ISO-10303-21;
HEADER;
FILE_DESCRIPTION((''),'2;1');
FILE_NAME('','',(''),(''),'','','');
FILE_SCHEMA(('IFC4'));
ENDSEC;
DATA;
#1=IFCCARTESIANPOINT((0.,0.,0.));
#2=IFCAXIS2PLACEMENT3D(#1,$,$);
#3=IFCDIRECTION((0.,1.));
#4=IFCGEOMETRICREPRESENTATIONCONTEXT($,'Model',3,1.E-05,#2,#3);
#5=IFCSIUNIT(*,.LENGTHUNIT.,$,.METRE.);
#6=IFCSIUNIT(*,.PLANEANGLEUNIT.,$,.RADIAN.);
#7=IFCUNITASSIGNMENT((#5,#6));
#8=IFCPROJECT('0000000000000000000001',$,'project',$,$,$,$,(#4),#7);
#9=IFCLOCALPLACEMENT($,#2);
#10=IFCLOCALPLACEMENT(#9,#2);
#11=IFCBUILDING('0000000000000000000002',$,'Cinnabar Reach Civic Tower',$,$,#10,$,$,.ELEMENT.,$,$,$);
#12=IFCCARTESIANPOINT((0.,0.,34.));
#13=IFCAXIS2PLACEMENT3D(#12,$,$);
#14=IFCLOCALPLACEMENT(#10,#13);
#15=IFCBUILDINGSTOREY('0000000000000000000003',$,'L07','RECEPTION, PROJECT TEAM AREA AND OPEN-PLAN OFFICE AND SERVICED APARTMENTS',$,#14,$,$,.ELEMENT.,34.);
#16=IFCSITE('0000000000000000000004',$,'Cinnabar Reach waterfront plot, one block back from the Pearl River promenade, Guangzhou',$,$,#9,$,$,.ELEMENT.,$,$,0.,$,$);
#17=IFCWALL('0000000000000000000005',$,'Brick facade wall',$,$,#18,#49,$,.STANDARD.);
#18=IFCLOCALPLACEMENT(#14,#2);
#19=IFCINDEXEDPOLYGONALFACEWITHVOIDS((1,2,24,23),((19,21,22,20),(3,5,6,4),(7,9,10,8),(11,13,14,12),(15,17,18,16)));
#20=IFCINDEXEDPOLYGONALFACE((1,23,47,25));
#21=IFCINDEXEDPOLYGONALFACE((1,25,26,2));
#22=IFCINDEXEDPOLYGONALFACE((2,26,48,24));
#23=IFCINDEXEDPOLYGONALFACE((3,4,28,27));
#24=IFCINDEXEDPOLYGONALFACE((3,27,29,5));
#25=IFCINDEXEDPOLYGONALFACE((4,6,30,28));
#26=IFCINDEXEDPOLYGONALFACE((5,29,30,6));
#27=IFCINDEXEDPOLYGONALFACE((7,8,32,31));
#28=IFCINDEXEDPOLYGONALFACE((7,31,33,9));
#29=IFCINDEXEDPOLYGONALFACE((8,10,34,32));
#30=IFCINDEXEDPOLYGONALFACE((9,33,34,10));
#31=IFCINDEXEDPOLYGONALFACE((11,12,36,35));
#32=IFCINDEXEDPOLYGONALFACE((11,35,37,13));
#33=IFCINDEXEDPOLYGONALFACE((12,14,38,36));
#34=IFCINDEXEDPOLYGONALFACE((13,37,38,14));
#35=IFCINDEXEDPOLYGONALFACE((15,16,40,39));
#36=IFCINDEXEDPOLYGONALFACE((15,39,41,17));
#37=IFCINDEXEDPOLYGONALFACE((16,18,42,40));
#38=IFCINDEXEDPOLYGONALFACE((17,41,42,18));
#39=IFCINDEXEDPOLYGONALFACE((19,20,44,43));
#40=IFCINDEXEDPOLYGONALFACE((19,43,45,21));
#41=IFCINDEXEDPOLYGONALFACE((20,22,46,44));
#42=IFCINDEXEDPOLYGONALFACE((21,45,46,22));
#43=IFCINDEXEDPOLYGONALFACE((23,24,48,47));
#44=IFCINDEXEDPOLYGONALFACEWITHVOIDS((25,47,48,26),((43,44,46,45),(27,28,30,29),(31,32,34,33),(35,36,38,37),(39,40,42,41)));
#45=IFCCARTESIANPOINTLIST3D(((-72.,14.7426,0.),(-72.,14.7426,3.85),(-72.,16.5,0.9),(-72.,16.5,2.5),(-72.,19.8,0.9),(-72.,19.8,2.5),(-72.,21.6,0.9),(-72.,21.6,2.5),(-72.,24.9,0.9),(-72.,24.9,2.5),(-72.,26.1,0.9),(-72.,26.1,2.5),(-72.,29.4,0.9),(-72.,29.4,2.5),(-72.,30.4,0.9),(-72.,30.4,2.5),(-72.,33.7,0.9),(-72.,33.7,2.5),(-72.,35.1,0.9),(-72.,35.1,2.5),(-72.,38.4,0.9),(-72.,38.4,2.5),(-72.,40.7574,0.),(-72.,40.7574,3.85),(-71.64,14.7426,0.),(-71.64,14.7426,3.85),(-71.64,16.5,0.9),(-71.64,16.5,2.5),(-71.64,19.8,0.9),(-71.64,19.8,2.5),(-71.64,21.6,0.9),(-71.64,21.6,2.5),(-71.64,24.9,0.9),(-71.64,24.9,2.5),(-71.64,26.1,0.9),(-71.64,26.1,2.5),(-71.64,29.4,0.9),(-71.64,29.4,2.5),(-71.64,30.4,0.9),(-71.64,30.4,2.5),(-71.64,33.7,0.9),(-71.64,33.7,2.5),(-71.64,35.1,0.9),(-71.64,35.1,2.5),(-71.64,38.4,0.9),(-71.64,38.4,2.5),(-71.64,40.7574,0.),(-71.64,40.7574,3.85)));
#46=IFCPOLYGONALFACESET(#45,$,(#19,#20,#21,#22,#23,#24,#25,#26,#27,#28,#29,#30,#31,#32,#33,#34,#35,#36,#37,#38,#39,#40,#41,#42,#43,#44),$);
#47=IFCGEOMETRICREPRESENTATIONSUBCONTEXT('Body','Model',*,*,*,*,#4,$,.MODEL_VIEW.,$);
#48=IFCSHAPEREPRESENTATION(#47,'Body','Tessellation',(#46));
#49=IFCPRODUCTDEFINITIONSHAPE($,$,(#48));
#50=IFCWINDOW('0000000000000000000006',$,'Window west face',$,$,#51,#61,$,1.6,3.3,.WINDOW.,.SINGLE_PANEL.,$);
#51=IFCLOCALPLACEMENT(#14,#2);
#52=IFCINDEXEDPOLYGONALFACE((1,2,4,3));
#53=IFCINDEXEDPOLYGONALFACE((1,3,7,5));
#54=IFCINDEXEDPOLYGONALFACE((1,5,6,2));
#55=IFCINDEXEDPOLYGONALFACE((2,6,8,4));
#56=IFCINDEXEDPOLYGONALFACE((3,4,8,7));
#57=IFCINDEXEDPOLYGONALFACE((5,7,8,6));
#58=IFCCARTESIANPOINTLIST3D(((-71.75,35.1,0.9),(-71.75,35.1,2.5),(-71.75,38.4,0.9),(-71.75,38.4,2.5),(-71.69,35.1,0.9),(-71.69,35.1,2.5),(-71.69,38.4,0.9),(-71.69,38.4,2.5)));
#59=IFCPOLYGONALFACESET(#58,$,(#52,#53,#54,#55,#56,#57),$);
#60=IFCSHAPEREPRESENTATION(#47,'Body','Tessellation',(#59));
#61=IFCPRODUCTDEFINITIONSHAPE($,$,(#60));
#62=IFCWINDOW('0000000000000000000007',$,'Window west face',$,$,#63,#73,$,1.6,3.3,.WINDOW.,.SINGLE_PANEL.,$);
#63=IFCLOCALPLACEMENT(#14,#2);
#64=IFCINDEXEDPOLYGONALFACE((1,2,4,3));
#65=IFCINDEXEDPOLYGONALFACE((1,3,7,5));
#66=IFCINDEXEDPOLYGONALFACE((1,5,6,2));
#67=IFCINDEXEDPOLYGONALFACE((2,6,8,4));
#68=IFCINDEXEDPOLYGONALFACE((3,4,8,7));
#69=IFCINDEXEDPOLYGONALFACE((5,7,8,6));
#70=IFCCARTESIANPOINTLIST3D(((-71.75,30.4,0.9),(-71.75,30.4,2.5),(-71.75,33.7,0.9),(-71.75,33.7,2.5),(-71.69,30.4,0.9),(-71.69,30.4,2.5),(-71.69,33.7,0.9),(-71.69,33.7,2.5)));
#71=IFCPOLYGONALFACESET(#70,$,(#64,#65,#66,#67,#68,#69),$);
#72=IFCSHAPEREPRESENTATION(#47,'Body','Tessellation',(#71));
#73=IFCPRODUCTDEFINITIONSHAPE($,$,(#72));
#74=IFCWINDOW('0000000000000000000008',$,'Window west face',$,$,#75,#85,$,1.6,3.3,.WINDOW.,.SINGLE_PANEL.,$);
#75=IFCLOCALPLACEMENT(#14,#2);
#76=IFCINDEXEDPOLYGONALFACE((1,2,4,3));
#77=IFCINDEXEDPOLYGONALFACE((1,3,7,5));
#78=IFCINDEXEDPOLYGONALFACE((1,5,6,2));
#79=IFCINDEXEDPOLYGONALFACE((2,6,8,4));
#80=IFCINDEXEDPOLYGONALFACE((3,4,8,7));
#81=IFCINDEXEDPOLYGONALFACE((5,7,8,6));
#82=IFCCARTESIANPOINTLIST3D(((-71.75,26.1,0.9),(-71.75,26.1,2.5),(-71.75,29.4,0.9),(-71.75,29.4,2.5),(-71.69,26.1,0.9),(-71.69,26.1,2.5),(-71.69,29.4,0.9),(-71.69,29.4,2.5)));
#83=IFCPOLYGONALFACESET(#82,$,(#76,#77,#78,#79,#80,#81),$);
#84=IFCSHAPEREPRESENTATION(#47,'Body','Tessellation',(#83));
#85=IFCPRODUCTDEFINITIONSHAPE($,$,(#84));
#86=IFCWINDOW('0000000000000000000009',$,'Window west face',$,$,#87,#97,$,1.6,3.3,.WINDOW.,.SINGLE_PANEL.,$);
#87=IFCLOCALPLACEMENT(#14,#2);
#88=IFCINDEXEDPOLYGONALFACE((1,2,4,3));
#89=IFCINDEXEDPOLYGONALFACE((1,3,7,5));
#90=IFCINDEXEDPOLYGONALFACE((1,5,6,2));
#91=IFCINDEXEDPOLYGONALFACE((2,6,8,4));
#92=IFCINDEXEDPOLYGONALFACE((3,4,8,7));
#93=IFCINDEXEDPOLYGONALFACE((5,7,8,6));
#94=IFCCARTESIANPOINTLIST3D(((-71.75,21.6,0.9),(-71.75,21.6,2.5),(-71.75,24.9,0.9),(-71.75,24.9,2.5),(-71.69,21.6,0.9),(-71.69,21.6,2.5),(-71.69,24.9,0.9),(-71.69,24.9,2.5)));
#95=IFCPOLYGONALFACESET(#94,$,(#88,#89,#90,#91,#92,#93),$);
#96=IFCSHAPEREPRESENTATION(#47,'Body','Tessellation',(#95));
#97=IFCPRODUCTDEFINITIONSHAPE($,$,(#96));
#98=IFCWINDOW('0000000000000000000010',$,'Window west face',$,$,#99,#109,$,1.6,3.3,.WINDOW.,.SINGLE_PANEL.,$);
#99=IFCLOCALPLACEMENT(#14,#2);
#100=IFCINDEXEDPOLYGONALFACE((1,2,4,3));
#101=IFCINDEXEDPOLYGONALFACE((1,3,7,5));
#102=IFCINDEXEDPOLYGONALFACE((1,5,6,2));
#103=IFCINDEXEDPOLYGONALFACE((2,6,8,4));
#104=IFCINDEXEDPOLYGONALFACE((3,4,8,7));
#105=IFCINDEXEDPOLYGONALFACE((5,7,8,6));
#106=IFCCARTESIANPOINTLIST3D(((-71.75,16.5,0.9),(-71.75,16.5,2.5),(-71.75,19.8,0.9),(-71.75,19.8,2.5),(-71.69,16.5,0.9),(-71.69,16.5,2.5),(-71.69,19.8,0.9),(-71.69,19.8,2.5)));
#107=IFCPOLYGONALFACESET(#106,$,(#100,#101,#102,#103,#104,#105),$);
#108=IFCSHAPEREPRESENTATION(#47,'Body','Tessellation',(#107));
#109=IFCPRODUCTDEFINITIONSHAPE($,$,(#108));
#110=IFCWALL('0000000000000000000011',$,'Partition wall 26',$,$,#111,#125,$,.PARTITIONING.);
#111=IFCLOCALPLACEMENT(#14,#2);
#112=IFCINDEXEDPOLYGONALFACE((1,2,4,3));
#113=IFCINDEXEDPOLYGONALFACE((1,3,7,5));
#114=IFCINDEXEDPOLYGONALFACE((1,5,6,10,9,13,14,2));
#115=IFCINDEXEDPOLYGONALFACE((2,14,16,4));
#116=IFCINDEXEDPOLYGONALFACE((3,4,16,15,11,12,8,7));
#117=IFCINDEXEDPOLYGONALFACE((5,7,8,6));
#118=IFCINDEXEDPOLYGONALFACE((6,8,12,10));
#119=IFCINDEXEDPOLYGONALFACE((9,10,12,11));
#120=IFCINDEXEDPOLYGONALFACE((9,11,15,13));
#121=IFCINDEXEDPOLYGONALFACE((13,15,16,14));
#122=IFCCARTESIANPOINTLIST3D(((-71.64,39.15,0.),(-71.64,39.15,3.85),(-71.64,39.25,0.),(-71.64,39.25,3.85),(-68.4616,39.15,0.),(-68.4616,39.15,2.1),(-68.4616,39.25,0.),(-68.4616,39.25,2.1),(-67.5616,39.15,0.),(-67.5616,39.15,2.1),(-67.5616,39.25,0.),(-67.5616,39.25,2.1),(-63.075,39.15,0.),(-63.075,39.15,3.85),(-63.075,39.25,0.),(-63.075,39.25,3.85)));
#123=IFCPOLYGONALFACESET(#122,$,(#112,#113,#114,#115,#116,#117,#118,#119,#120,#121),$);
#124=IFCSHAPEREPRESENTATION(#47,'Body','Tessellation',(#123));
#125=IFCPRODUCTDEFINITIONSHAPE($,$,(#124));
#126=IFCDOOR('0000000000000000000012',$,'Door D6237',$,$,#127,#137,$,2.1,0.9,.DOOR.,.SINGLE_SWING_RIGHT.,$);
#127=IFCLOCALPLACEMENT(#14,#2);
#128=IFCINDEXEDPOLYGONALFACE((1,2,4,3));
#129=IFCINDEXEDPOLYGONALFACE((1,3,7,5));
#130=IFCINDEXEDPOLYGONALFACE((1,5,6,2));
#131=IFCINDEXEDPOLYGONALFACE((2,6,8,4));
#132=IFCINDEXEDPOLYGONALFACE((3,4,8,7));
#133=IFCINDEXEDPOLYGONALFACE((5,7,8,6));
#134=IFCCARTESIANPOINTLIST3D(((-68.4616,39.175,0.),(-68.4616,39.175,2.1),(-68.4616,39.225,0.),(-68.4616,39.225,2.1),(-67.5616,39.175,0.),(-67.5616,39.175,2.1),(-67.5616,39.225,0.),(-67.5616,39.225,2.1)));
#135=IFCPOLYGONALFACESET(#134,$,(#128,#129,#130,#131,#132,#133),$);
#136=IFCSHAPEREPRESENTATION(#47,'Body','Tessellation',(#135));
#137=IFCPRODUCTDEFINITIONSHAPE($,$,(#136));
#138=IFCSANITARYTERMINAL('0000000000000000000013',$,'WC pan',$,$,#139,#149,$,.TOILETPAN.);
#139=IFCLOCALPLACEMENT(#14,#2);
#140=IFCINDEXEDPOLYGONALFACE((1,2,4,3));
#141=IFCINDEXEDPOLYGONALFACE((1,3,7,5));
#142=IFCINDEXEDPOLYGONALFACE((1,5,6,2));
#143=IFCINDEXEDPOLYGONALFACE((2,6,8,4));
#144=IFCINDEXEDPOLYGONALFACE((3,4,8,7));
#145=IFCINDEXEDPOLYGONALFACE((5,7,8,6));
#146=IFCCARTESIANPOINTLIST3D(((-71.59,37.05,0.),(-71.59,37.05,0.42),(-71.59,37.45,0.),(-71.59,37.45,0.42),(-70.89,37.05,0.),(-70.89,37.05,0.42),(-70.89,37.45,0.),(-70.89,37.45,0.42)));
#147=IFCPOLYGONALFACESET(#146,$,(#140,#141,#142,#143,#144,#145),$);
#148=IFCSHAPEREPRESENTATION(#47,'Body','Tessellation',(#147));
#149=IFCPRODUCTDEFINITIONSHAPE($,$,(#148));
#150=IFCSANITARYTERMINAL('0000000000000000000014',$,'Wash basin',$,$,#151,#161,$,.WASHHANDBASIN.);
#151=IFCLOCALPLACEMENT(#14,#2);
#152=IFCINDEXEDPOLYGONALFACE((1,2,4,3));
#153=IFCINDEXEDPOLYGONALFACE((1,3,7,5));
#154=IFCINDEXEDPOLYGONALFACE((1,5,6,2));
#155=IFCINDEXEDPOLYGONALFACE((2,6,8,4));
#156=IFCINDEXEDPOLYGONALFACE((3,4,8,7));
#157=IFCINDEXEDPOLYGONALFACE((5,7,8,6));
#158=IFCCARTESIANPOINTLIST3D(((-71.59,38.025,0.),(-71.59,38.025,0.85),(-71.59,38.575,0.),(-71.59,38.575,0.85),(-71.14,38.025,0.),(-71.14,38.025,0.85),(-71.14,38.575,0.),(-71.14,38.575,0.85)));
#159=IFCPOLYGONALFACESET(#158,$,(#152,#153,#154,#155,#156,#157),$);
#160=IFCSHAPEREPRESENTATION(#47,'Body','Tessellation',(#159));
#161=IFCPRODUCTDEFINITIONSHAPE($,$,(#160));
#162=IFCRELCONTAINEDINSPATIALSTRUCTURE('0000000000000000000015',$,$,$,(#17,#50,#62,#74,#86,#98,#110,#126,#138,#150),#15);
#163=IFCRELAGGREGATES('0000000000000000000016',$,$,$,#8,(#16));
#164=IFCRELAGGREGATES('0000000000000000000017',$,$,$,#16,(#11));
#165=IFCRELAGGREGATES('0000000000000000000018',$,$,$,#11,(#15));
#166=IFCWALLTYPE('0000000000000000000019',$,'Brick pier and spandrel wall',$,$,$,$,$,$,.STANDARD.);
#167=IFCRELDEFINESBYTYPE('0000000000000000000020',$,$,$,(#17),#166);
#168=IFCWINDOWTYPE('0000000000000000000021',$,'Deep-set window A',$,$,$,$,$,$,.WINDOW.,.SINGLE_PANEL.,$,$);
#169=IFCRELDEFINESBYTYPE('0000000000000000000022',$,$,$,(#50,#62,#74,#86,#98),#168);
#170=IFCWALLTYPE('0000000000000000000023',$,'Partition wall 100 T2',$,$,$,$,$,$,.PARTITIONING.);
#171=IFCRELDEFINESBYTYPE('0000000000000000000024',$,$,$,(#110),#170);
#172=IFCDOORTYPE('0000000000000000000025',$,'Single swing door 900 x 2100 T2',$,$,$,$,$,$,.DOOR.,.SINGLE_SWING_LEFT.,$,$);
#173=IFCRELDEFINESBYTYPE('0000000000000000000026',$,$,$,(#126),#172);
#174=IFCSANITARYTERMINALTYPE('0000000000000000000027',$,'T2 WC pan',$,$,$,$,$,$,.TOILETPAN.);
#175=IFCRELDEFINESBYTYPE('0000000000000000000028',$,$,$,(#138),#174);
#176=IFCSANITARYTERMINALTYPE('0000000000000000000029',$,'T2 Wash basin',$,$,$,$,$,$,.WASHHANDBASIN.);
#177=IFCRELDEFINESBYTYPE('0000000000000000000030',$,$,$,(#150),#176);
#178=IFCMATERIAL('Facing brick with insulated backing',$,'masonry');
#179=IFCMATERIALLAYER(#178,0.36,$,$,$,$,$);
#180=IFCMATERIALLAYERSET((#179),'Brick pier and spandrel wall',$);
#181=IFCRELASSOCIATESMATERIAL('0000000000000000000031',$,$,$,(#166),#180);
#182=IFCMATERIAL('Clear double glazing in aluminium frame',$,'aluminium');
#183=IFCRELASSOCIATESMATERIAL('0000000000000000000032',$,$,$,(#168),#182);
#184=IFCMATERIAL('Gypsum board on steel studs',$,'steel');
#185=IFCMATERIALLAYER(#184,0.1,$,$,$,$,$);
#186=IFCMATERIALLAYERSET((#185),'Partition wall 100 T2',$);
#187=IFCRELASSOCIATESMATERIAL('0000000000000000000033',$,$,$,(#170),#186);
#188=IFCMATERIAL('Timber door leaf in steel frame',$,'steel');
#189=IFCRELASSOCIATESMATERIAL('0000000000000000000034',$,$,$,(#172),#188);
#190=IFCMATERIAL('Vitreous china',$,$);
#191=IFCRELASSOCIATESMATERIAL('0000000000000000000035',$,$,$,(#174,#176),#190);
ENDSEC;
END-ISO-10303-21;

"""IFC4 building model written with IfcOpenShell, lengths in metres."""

from ifc_helpers import new_model, si_unit, direction, frame, frame_2d, origin, origin_2d, place, context, subcontext, project, spatial, rectangle, extrude, material, layer, layer_set, type_object, element, fill, save


model = new_model("IFC4")

# Units and contexts
model_context = context("Model", 3, precision=1e-05, world=origin(), true_north=direction((0.0, 1.0)))
body_context = subcontext(model_context, "Body", "Model", "MODEL_VIEW")
ifc_project = project(units=[si_unit("LENGTHUNIT", "METRE"), si_unit("PLANEANGLEUNIT", "RADIAN")], contexts=[model_context])

# Site, building, storey
site_placement = place(None, origin())
site = spatial("IfcSite", under=ifc_project, at=site_placement, Name="Cinnabar Reach waterfront plot, one block back from the Pearl River promenade, Guangzhou", CompositionType="ELEMENT", RefElevation=0.0)
building_placement = place(site_placement, origin())
building = spatial("IfcBuilding", under=site, at=building_placement, Name="Cinnabar Reach Civic Tower", CompositionType="ELEMENT")
storey_placement = place(building_placement, frame((0.0, 0.0, 34.0)))
storey = spatial("IfcBuildingStorey", under=building, at=storey_placement, Name="L07", Description="RECEPTION, PROJECT TEAM AREA AND OPEN-PLAN OFFICE AND SERVICED APARTMENTS", CompositionType="ELEMENT", Elevation=34.0)

# Shared definitions
ifc_material_1 = material(Name="Facing brick with insulated backing", Category="masonry")
ifc_layer_1 = layer(ifc_material_1, 0.36)
ifc_layer_set_1 = layer_set([ifc_layer_1], Name="Brick pier and spandrel wall")
wall_type_1 = type_object("IfcWallType", Name="Brick pier and spandrel wall", PredefinedType="STANDARD", material=ifc_layer_set_1)

# Wall, openings, windows
wall_1_placement = place(storey_placement, frame((-71.82, 40.7574, 0.0), z_axis=(0.0, 0.0, 1.0), x_axis=(0.0, -1.0, 0.0)))
wall_1 = element("IfcWall", 1, at=wall_1_placement, inside=storey, type_object=wall_type_1, Name="Brick facade wall", PredefinedType="STANDARD", context=body_context, shape_type="SweptSolid", body=[
    extrude(rectangle(XDim=26.0148, YDim=0.36, at=frame_2d((13.0074, 0.0))), origin(), (0.0, 0.0, 1.0), 3.85),
])
opening_1_placement = place(wall_1_placement, frame((2.3574, 0.0, 0.9)))
opening_1 = element("IfcOpeningElement", 2, at=opening_1_placement, cuts=wall_1, PredefinedType="OPENING", context=body_context, shape_type="SweptSolid", body=[
    extrude(rectangle(XDim=3.3, YDim=1.6, at=frame_2d((1.65, 0.8))), frame((0.0, 0.19, 0.0), z_axis=(0.0, -1.0, 0.0), x_axis=(1.0, 0.0, 0.0)), (0.0, 0.0, 1.0), 0.38),
])
opening_2_placement = place(wall_1_placement, frame((7.0574, 0.0, 0.9)))
opening_2 = element("IfcOpeningElement", 3, at=opening_2_placement, cuts=wall_1, PredefinedType="OPENING", context=body_context, shape_type="SweptSolid", body=[
    extrude(rectangle(XDim=3.3, YDim=1.6, at=frame_2d((1.65, 0.8))), frame((0.0, 0.19, 0.0), z_axis=(0.0, -1.0, 0.0), x_axis=(1.0, 0.0, 0.0)), (0.0, 0.0, 1.0), 0.38),
])
opening_3_placement = place(wall_1_placement, frame((11.3574, 0.0, 0.9)))
opening_3 = element("IfcOpeningElement", 4, at=opening_3_placement, cuts=wall_1, PredefinedType="OPENING", context=body_context, shape_type="SweptSolid", body=[
    extrude(rectangle(XDim=3.3, YDim=1.6, at=frame_2d((1.65, 0.8))), frame((0.0, 0.19, 0.0), z_axis=(0.0, -1.0, 0.0), x_axis=(1.0, 0.0, 0.0)), (0.0, 0.0, 1.0), 0.38),
])
opening_4_placement = place(wall_1_placement, frame((15.8574, 0.0, 0.9)))
opening_4 = element("IfcOpeningElement", 5, at=opening_4_placement, cuts=wall_1, PredefinedType="OPENING", context=body_context, shape_type="SweptSolid", body=[
    extrude(rectangle(XDim=3.3, YDim=1.6, at=frame_2d((1.65, 0.8))), frame((0.0, 0.19, 0.0), z_axis=(0.0, -1.0, 0.0), x_axis=(1.0, 0.0, 0.0)), (0.0, 0.0, 1.0), 0.38),
])
opening_5_placement = place(wall_1_placement, frame((20.9574, 0.0, 0.9)))
opening_5 = element("IfcOpeningElement", 6, at=opening_5_placement, cuts=wall_1, PredefinedType="OPENING", context=body_context, shape_type="SweptSolid", body=[
    extrude(rectangle(XDim=3.3, YDim=1.6, at=frame_2d((1.65, 0.8))), frame((0.0, 0.19, 0.0), z_axis=(0.0, -1.0, 0.0), x_axis=(1.0, 0.0, 0.0)), (0.0, 0.0, 1.0), 0.38),
])
ifc_material_2 = material(Name="Clear double glazing in aluminium frame", Category="aluminium")
window_type = type_object("IfcWindowType", Name="Deep-set window A", PartitioningType="SINGLE_PANEL", PredefinedType="WINDOW", material=ifc_material_2)
window_1_placement = place(opening_1_placement, origin())
window_1 = element("IfcWindow", 7, at=window_1_placement, inside=storey, type_object=window_type, Name="Window west face", OverallHeight=1.6, OverallWidth=3.3, PartitioningType="SINGLE_PANEL", PredefinedType="WINDOW", context=body_context, shape_type="SweptSolid", body=[
    extrude(rectangle(XDim=3.3, YDim=1.6, at=frame_2d((1.65, 0.8))), frame((0.0, 0.13, 0.0), z_axis=(0.0, -1.0, 0.0), x_axis=(1.0, 0.0, 0.0)), (0.0, 0.0, 1.0), 0.06),
])
fill(opening_1, window_1)
window_2_placement = place(opening_2_placement, origin())
window_2 = element("IfcWindow", 8, at=window_2_placement, inside=storey, type_object=window_type, Name="Window west face", OverallHeight=1.6, OverallWidth=3.3, PartitioningType="SINGLE_PANEL", PredefinedType="WINDOW", context=body_context, shape_type="SweptSolid", body=[
    extrude(rectangle(XDim=3.3, YDim=1.6, at=frame_2d((1.65, 0.8))), frame((0.0, 0.13, 0.0), z_axis=(0.0, -1.0, 0.0), x_axis=(1.0, 0.0, 0.0)), (0.0, 0.0, 1.0), 0.06),
])
fill(opening_2, window_2)
window_3_placement = place(opening_3_placement, origin())
window_3 = element("IfcWindow", 9, at=window_3_placement, inside=storey, type_object=window_type, Name="Window west face", OverallHeight=1.6, OverallWidth=3.3, PartitioningType="SINGLE_PANEL", PredefinedType="WINDOW", context=body_context, shape_type="SweptSolid", body=[
    extrude(rectangle(XDim=3.3, YDim=1.6, at=frame_2d((1.65, 0.8))), frame((0.0, 0.13, 0.0), z_axis=(0.0, -1.0, 0.0), x_axis=(1.0, 0.0, 0.0)), (0.0, 0.0, 1.0), 0.06),
])
fill(opening_3, window_3)
window_4_placement = place(opening_4_placement, origin())
window_4 = element("IfcWindow", 10, at=window_4_placement, inside=storey, type_object=window_type, Name="Window west face", OverallHeight=1.6, OverallWidth=3.3, PartitioningType="SINGLE_PANEL", PredefinedType="WINDOW", context=body_context, shape_type="SweptSolid", body=[
    extrude(rectangle(XDim=3.3, YDim=1.6, at=frame_2d((1.65, 0.8))), frame((0.0, 0.13, 0.0), z_axis=(0.0, -1.0, 0.0), x_axis=(1.0, 0.0, 0.0)), (0.0, 0.0, 1.0), 0.06),
])
fill(opening_4, window_4)
window_5_placement = place(opening_5_placement, origin())
window_5 = element("IfcWindow", 11, at=window_5_placement, inside=storey, type_object=window_type, Name="Window west face", OverallHeight=1.6, OverallWidth=3.3, PartitioningType="SINGLE_PANEL", PredefinedType="WINDOW", context=body_context, shape_type="SweptSolid", body=[
    extrude(rectangle(XDim=3.3, YDim=1.6, at=frame_2d((1.65, 0.8))), frame((0.0, 0.13, 0.0), z_axis=(0.0, -1.0, 0.0), x_axis=(1.0, 0.0, 0.0)), (0.0, 0.0, 1.0), 0.06),
])
fill(opening_5, window_5)

# Wall, opening, door
ifc_material_3 = material(Name="Gypsum board on steel studs", Category="steel")
ifc_layer_2 = layer(ifc_material_3, 0.1)
ifc_layer_set_2 = layer_set([ifc_layer_2], Name="Partition wall 100 T2")
wall_type_2 = type_object("IfcWallType", Name="Partition wall 100 T2", PredefinedType="PARTITIONING", material=ifc_layer_set_2)
wall_2_placement = place(storey_placement, frame((-71.64, 39.2, 0.0), z_axis=(0.0, 0.0, 1.0), x_axis=(1.0, 0.0, 0.0)))
wall_2 = element("IfcWall", 12, at=wall_2_placement, inside=storey, type_object=wall_type_2, Name="Partition wall 26", PredefinedType="PARTITIONING", context=body_context, shape_type="SweptSolid", body=[
    extrude(rectangle(XDim=8.565, YDim=0.1, at=frame_2d((4.2825, 0.0))), origin(), (0.0, 0.0, 1.0), 3.85),
])
opening_6_placement = place(wall_2_placement, frame((3.1784, 0.0, 0.0)))
opening_6 = element("IfcOpeningElement", 13, at=opening_6_placement, cuts=wall_2, PredefinedType="OPENING", context=body_context, shape_type="SweptSolid", body=[
    extrude(rectangle(XDim=0.9, YDim=2.1, at=frame_2d((0.45, 1.05))), frame((0.0, 0.06, 0.0), z_axis=(0.0, -1.0, 0.0), x_axis=(1.0, 0.0, 0.0)), (0.0, 0.0, 1.0), 0.12),
])
ifc_material_4 = material(Name="Timber door leaf in steel frame", Category="steel")
door_type = type_object("IfcDoorType", Name="Single swing door 900 x 2100 T2", OperationType="SINGLE_SWING_LEFT", PredefinedType="DOOR", material=ifc_material_4)
door_placement = place(opening_6_placement, frame((0.9, 0.0, 0.0), z_axis=(0.0, 0.0, 1.0), x_axis=(-1.0, 0.0, 0.0)))
door = element("IfcDoor", 14, at=door_placement, inside=storey, type_object=door_type, Name="Door D6237", OperationType="SINGLE_SWING_RIGHT", OverallHeight=2.1, OverallWidth=0.9, PredefinedType="DOOR", context=body_context, shape_type="SweptSolid", body=[
    extrude(rectangle(XDim=0.9, YDim=2.1, at=frame_2d((0.45, 1.05))), frame((0.0, 0.025, 0.0), z_axis=(0.0, -1.0, 0.0), x_axis=(1.0, 0.0, 0.0)), (0.0, 0.0, 1.0), 0.05),
])
fill(opening_6, door)

# Sanitary terminals
ifc_material_5 = material(Name="Vitreous china")
sanitary_terminal_type_1 = type_object("IfcSanitaryTerminalType", Name="T2 WC pan", PredefinedType="TOILETPAN", material=ifc_material_5)
sanitary_terminal_1_placement = place(storey_placement, frame((-71.24, 37.25, 0.0), z_axis=(0.0, 0.0, 1.0), x_axis=(1.0, 0.0, 0.0)))
element("IfcSanitaryTerminal", 15, at=sanitary_terminal_1_placement, inside=storey, type_object=sanitary_terminal_type_1, Name="WC pan", PredefinedType="TOILETPAN", context=body_context, shape_type="SweptSolid", body=[
    extrude(rectangle(XDim=0.7, YDim=0.4, at=origin_2d()), origin(), (0.0, 0.0, 1.0), 0.42),
])
sanitary_terminal_type_2 = type_object("IfcSanitaryTerminalType", Name="T2 Wash basin", PredefinedType="WASHHANDBASIN", material=ifc_material_5)
sanitary_terminal_2_placement = place(storey_placement, frame((-71.365, 38.3, 0.0), z_axis=(0.0, 0.0, 1.0), x_axis=(1.0, 0.0, 0.0)))
element("IfcSanitaryTerminal", 16, at=sanitary_terminal_2_placement, inside=storey, type_object=sanitary_terminal_type_2, Name="Wash basin", PredefinedType="WASHHANDBASIN", context=body_context, shape_type="SweptSolid", body=[
    extrude(rectangle(XDim=0.45, YDim=0.55, at=origin_2d()), origin(), (0.0, 0.0, 1.0), 0.85),
])

save(model, "model.ifc")
